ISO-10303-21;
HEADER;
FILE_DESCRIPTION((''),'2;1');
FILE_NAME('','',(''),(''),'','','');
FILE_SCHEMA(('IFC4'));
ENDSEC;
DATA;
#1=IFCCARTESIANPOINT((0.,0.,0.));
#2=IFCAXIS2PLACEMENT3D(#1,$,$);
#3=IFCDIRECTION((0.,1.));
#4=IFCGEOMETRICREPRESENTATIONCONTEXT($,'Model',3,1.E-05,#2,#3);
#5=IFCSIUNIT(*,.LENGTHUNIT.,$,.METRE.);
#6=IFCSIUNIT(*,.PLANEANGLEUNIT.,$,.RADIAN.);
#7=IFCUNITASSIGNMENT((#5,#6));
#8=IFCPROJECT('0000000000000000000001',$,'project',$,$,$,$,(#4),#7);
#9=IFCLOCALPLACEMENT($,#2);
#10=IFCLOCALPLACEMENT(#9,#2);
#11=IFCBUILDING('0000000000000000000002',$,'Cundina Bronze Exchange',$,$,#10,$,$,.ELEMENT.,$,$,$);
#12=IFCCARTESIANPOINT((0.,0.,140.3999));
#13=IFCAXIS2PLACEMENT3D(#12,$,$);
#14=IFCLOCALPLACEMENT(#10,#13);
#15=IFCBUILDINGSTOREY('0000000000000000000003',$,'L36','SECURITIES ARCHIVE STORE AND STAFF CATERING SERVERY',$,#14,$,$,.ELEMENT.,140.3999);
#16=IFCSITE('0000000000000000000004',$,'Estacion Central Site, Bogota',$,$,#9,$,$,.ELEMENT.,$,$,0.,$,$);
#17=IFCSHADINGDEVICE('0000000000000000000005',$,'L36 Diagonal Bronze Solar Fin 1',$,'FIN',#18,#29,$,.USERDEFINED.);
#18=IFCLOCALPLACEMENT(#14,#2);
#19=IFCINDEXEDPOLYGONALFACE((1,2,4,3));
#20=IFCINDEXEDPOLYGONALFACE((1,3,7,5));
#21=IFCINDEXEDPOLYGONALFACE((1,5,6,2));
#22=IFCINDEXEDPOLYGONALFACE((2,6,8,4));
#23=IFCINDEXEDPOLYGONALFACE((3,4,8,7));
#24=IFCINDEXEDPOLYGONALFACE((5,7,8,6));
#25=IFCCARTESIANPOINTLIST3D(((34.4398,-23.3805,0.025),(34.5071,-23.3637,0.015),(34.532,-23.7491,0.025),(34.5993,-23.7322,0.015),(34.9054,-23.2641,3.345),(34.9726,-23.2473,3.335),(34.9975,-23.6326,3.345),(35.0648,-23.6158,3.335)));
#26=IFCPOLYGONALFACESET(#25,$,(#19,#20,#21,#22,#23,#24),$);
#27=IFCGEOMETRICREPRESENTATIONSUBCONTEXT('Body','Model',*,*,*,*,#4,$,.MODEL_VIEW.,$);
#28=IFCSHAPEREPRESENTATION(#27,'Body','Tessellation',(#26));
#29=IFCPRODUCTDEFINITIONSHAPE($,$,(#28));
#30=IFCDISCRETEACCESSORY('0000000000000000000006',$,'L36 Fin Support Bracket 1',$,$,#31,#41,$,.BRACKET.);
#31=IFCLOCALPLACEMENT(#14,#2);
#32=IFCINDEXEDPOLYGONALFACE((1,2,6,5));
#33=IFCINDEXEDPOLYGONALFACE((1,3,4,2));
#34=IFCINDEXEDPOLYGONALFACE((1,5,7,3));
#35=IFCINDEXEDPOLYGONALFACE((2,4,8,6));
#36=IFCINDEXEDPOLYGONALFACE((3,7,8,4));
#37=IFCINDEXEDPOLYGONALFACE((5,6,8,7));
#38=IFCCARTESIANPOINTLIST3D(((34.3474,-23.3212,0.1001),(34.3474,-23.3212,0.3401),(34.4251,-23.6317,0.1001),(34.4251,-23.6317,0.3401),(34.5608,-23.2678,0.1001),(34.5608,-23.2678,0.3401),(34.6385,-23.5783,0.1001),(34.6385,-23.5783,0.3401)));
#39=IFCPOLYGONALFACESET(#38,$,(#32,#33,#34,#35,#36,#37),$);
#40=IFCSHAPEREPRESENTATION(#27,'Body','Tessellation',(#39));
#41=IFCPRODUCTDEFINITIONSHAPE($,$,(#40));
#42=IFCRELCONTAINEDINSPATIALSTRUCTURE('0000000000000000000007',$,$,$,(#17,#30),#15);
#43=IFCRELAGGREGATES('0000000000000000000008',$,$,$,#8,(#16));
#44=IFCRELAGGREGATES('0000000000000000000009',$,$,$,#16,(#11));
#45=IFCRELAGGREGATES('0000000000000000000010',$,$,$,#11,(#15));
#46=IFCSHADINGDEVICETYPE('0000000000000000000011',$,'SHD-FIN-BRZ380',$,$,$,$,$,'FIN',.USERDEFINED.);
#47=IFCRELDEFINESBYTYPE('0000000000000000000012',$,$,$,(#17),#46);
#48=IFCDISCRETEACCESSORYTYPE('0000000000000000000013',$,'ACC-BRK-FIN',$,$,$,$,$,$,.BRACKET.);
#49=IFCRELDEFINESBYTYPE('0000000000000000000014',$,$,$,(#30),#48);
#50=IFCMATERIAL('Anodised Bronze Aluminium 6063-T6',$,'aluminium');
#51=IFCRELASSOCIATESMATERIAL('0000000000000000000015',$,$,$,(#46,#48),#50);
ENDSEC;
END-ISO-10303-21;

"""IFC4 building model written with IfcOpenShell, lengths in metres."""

from ifc_helpers import new_model, si_unit, direction, frame, origin, origin_2d, place, context, subcontext, project, spatial, rectangle, extrude, material, material_profile, profile_set, type_object, element, save


model = new_model("IFC4")

# Units and contexts
model_context = context("Model", 3, precision=1e-05, world=origin(), true_north=direction((0.0, 1.0)))
body_context = subcontext(model_context, "Body", "Model", "MODEL_VIEW")
ifc_project = project(units=[si_unit("LENGTHUNIT", "METRE"), si_unit("PLANEANGLEUNIT", "RADIAN")], contexts=[model_context])

# Site, building, storey
site_placement = place(None, origin())
site = spatial("IfcSite", under=ifc_project, at=site_placement, Name="Estacion Central Site, Bogota", CompositionType="ELEMENT", RefElevation=0.0)
building_placement = place(site_placement, origin())
building = spatial("IfcBuilding", under=site, at=building_placement, Name="Cundina Bronze Exchange", CompositionType="ELEMENT")
storey_placement = place(building_placement, frame((0.0, 0.0, 140.3999)))
storey = spatial("IfcBuildingStorey", under=building, at=storey_placement, Name="L36", Description="SECURITIES ARCHIVE STORE AND STAFF CATERING SERVERY", CompositionType="ELEMENT", Elevation=140.3999)

# Shared definitions
ifc_material_1 = material(Name="Anodised Bronze Aluminium 6063-T6", Category="aluminium")

# Shading device
ifc_material_profile_1 = material_profile(ifc_material_1, rectangle(XDim=0.0701, YDim=0.3799, at=origin_2d()), Name="FIN70X380", Category="aluminium")
ifc_profile_set_1 = profile_set([ifc_material_profile_1], Name="Anodised Bronze Aluminium 6063-T6")
shading_device_type = type_object("IfcShadingDeviceType", Name="SHD-FIN-BRZ380", ElementType="FIN", PredefinedType="USERDEFINED", material=ifc_profile_set_1)
shading_device_placement = place(storey_placement, frame((34.5195, -23.5564, 0.02), z_axis=(0.138788, 0.034715, 0.989713), x_axis=(-0.960133, -0.240159, 0.143064)))
element("IfcShadingDevice", 1, at=shading_device_placement, inside=storey, type_object=shading_device_type, Name="L36 Diagonal Bronze Solar Fin 1", ObjectType="FIN", PredefinedType="USERDEFINED", context=body_context, shape_type="SweptSolid", body=[
    extrude(rectangle(XDim=0.0701, YDim=0.3799, at=origin_2d()), origin(), (0.0, 0.0, 1.0), 3.3545),
])

# Discrete accessory
discrete_accessory_type = type_object("IfcDiscreteAccessoryType", Name="ACC-BRK-FIN", PredefinedType="BRACKET", material=ifc_material_1)
discrete_accessory_placement = place(storey_placement, frame((34.4929, -23.4497, 0.1001), z_axis=(0.0, 0.0, 1.0), x_axis=(0.970093, 0.242735, 0.0)))
element("IfcDiscreteAccessory", 2, at=discrete_accessory_placement, inside=storey, type_object=discrete_accessory_type, Name="L36 Fin Support Bracket 1", PredefinedType="BRACKET", context=body_context, shape_type="SweptSolid", body=[
    extrude(rectangle(XDim=0.22, YDim=0.3201, at=origin_2d()), origin(), (0.0, 0.0, 1.0), 0.24),
])

save(model, "model.ifc")
